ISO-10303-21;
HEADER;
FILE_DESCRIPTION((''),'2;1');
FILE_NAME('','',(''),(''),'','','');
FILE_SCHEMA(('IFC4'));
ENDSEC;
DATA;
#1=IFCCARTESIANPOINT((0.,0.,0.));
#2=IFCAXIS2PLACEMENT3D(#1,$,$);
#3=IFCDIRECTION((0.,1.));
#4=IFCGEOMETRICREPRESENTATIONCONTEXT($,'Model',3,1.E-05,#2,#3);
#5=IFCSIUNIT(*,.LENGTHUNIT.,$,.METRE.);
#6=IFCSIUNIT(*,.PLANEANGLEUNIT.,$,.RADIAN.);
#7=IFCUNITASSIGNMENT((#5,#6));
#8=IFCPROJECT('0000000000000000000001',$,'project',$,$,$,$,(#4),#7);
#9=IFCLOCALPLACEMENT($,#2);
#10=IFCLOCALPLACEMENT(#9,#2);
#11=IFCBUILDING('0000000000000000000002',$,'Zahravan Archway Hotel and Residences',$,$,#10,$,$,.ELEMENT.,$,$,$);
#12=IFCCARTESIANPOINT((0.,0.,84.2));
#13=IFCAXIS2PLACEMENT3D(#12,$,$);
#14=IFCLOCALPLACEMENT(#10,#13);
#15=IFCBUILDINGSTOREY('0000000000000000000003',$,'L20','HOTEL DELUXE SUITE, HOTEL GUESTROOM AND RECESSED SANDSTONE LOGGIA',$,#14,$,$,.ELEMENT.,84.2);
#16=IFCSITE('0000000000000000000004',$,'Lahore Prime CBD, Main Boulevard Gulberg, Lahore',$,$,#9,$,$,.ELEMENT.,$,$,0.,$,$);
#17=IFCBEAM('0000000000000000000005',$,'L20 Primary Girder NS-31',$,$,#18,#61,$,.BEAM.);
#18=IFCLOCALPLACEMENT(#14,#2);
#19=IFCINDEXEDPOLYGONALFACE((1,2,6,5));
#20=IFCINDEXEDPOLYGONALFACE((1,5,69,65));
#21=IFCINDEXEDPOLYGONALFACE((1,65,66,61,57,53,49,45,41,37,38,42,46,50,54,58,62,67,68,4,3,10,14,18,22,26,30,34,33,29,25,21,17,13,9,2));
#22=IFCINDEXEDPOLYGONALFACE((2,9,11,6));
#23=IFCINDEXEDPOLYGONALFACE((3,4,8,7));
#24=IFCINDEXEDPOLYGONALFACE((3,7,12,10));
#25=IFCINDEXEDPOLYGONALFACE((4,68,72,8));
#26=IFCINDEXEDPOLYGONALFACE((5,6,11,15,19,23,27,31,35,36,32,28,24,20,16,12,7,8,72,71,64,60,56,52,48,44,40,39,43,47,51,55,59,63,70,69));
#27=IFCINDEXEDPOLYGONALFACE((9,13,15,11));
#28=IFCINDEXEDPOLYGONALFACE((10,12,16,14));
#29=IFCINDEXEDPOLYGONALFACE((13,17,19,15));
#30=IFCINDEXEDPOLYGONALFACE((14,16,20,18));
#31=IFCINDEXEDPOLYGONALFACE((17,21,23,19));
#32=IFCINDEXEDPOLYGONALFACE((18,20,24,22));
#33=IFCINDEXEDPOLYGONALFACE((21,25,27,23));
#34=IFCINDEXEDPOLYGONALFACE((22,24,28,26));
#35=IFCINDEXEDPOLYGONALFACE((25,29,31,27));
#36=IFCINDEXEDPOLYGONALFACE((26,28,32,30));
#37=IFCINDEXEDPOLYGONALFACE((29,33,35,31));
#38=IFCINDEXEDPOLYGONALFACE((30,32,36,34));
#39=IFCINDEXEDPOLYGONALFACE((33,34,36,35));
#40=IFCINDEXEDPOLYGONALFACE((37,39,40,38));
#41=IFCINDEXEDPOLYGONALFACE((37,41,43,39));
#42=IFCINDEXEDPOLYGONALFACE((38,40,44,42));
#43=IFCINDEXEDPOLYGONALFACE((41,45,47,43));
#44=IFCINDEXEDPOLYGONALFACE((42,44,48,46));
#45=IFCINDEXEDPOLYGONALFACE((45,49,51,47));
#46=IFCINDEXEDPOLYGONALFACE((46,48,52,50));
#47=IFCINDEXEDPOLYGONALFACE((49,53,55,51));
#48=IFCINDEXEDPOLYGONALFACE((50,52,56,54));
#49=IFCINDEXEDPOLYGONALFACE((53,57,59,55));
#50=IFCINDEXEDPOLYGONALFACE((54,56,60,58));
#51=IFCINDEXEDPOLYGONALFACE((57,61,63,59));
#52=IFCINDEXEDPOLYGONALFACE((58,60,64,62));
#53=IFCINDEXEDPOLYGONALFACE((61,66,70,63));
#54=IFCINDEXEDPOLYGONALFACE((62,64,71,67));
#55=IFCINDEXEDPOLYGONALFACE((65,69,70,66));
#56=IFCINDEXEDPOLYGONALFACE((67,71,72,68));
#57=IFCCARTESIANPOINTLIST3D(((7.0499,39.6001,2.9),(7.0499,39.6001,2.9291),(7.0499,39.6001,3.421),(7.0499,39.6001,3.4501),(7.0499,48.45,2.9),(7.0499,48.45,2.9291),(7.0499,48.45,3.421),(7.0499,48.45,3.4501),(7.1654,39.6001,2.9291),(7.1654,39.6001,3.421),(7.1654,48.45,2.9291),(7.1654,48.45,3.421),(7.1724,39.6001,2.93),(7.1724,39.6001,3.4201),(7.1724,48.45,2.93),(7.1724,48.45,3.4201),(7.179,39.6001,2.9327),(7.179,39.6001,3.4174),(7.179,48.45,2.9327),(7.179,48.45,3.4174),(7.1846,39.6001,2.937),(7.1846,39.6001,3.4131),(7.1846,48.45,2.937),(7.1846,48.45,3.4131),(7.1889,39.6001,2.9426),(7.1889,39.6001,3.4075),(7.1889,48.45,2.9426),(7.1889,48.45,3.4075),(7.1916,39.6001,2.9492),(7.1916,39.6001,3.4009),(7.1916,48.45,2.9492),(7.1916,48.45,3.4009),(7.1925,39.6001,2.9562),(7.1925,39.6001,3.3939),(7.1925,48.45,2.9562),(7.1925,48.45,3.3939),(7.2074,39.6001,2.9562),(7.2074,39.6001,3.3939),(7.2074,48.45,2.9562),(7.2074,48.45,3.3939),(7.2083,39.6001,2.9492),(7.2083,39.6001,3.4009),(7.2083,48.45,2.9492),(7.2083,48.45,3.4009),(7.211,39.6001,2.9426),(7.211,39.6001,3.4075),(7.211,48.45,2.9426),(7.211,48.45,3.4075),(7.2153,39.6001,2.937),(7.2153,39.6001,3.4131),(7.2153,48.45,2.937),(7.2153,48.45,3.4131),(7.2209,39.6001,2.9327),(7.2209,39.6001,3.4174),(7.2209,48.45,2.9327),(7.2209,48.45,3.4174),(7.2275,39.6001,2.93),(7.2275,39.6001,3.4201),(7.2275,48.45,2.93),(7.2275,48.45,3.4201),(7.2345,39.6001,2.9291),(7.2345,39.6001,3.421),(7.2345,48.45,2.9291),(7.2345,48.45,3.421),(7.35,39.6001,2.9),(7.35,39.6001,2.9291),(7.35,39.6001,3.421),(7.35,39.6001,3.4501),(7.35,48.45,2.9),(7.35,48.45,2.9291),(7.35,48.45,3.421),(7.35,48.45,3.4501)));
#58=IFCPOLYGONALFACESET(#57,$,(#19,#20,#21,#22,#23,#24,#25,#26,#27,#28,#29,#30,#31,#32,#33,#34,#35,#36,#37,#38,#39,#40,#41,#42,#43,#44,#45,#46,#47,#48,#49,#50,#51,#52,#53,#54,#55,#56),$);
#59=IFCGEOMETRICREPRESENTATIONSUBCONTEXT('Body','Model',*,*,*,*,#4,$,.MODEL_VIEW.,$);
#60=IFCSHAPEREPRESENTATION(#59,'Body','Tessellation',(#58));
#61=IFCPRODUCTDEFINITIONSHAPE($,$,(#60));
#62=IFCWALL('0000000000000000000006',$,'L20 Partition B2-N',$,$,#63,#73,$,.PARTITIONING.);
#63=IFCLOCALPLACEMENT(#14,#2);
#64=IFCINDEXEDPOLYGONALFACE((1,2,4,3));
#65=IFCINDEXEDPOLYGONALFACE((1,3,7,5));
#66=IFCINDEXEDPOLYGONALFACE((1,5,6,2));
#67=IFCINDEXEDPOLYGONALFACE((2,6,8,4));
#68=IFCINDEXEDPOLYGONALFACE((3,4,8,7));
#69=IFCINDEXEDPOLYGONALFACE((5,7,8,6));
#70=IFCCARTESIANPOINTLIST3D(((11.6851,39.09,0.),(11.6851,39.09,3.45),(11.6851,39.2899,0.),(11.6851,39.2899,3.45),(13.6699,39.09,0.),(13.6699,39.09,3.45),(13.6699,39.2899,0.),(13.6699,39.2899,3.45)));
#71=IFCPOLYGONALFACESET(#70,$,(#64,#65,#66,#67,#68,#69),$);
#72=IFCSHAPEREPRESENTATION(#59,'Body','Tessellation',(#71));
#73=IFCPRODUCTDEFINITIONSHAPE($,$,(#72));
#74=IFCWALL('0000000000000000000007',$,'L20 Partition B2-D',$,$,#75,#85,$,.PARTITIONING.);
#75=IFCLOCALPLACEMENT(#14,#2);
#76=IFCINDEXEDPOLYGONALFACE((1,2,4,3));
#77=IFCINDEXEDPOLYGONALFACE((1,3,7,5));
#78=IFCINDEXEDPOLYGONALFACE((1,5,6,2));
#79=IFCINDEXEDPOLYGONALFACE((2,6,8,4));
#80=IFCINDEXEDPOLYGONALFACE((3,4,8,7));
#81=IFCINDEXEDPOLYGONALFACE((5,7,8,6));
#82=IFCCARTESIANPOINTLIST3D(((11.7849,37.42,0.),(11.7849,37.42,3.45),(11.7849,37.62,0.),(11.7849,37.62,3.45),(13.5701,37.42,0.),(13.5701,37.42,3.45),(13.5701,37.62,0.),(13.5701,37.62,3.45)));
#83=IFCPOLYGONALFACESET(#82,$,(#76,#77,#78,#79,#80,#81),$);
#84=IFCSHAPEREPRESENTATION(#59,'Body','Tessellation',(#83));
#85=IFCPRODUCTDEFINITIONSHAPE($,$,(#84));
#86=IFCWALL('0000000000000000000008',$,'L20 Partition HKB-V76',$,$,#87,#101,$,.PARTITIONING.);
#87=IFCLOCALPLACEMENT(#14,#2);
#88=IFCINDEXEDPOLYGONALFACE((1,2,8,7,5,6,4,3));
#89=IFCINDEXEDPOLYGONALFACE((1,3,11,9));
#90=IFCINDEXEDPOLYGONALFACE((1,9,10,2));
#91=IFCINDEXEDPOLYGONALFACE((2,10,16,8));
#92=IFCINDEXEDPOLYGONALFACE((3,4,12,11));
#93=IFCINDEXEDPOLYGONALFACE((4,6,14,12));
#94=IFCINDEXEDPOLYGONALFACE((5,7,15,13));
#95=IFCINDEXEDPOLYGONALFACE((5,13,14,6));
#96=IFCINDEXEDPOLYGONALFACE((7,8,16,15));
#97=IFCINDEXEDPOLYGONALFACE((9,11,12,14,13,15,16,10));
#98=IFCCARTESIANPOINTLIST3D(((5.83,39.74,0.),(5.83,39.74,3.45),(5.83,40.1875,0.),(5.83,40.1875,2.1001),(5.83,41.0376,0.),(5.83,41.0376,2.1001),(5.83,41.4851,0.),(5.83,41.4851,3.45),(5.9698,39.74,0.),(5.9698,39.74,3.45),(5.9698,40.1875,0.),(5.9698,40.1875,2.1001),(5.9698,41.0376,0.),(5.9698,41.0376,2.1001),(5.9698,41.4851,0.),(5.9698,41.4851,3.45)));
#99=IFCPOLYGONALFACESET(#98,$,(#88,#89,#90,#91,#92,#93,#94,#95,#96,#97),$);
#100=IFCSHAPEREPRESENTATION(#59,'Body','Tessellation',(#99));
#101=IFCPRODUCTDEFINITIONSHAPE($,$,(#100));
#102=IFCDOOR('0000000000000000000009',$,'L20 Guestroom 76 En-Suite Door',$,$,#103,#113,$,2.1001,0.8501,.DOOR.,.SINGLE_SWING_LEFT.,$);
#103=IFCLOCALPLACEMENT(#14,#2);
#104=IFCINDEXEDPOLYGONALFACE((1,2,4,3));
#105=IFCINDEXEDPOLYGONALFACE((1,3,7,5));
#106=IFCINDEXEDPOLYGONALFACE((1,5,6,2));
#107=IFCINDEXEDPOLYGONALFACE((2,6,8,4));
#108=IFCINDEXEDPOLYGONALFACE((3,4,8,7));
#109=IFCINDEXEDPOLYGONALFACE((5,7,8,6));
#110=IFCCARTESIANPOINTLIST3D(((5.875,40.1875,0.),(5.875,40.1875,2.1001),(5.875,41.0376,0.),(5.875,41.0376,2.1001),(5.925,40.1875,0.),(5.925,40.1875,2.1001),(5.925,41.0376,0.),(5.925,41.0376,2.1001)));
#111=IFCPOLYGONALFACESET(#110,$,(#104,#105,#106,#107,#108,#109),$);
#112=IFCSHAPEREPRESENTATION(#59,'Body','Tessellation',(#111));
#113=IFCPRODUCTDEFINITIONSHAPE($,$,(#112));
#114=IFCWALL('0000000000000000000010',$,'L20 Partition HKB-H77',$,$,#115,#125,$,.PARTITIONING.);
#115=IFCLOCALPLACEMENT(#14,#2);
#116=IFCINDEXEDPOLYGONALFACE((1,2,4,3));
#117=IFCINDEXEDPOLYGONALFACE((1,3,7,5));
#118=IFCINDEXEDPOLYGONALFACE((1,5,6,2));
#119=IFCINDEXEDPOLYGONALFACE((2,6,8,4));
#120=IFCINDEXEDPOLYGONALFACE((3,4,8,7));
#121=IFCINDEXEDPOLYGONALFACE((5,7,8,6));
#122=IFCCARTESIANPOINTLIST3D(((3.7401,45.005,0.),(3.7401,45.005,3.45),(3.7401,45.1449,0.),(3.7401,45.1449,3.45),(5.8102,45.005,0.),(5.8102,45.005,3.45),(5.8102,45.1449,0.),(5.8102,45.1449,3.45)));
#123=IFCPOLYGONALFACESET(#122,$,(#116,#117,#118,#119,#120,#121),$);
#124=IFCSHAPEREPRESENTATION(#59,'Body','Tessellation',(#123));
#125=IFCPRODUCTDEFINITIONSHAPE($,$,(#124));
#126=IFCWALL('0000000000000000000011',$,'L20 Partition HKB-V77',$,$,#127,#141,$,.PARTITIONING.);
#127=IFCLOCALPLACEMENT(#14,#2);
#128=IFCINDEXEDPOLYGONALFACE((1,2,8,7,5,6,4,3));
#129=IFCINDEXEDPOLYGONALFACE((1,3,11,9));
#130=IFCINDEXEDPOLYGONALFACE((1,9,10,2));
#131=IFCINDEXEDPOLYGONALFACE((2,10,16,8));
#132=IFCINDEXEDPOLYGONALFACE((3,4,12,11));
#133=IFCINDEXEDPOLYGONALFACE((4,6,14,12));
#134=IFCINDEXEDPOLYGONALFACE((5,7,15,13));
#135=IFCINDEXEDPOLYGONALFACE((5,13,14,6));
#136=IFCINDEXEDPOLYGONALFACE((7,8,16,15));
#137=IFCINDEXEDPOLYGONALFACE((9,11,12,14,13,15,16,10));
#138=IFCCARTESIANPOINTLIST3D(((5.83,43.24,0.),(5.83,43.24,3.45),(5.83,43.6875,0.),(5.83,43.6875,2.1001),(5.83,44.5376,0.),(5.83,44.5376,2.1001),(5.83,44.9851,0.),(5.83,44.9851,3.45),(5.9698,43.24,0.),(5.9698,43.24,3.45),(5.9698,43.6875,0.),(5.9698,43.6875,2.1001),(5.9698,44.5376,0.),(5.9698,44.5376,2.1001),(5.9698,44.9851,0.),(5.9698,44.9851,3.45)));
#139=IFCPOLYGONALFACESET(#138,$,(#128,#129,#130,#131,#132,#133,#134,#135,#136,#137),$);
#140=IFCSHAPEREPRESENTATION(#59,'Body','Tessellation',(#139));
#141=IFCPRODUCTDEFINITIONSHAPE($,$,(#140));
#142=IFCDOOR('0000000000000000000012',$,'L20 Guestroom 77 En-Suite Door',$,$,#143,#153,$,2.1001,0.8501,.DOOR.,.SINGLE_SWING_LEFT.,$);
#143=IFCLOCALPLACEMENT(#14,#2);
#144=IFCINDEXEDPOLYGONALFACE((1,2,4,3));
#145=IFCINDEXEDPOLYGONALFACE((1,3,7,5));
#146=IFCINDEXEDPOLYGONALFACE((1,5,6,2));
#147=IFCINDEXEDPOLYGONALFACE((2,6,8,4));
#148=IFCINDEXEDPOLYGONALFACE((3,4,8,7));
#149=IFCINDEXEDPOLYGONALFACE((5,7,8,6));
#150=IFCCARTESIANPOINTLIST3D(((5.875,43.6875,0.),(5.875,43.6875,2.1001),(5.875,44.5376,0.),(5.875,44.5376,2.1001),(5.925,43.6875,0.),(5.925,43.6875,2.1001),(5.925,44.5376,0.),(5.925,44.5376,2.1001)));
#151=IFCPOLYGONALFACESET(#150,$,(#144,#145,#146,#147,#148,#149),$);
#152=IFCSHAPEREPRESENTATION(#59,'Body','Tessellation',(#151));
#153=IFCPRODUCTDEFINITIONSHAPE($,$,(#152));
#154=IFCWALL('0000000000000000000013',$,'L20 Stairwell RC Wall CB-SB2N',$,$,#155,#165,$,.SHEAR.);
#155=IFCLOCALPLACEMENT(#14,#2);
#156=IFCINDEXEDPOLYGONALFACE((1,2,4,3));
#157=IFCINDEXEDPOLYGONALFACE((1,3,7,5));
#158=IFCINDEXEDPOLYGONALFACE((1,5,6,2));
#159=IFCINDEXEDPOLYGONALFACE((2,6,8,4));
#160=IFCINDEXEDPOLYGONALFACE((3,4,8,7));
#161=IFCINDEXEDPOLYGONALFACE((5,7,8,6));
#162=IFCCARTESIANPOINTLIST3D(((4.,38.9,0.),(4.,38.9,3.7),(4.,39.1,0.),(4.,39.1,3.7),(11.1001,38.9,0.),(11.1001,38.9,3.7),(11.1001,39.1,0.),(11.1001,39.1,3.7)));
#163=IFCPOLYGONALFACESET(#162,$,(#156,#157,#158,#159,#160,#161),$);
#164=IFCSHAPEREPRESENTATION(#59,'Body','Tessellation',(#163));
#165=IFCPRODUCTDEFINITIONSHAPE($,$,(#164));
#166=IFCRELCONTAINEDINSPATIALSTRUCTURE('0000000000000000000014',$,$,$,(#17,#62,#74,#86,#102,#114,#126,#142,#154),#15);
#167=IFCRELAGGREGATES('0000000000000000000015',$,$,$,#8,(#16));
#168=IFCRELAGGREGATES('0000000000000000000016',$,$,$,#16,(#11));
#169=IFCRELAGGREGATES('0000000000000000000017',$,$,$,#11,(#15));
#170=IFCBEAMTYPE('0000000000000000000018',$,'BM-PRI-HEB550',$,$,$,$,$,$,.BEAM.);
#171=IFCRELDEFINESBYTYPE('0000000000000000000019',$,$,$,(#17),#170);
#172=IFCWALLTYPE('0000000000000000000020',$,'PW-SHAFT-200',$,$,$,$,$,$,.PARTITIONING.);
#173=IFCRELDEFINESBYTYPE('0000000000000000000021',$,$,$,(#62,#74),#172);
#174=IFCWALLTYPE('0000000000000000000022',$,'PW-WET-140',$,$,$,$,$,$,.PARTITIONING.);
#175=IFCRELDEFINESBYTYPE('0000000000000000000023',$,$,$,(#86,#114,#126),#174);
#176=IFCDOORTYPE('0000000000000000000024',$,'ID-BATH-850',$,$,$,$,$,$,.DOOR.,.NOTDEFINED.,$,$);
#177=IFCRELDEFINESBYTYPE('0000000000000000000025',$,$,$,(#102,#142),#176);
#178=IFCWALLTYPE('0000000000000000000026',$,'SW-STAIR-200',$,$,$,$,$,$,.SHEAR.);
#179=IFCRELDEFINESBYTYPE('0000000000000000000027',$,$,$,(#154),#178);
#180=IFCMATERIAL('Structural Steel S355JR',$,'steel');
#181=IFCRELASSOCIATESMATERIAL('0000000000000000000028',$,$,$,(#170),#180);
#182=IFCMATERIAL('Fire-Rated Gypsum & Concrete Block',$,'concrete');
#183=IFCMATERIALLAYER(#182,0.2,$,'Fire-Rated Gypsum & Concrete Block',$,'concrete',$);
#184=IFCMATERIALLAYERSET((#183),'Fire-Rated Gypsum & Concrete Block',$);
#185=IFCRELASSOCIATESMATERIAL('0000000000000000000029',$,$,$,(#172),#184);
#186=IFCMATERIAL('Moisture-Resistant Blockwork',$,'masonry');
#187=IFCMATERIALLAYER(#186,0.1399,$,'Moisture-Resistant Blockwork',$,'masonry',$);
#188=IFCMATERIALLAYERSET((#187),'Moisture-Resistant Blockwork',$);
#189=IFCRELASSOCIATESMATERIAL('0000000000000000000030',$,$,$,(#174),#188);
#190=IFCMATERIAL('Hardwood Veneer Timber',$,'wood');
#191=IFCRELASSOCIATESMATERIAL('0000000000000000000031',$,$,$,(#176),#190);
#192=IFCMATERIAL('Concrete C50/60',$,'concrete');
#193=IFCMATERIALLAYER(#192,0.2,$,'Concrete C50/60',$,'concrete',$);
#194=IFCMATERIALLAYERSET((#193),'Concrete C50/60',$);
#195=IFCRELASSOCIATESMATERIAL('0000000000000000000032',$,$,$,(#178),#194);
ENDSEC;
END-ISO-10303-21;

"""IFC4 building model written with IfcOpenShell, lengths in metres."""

from ifc_helpers import new_model, si_unit, direction, frame, frame_2d, origin, origin_2d, place, context, subcontext, project, spatial, rectangle, i_section, extrude, source, transform, mapped, material, layer, layer_set, material_profile, profile_set, type_object, type_shapes, element, fill, save


model = new_model("IFC4")

# Units and contexts
model_context = context("Model", 3, precision=1e-05, world=origin(), true_north=direction((0.0, 1.0)))
body_context = subcontext(model_context, "Body", "Model", "MODEL_VIEW")
ifc_project = project(units=[si_unit("LENGTHUNIT", "METRE"), si_unit("PLANEANGLEUNIT", "RADIAN")], contexts=[model_context])

# Site, building, storey
site_placement = place(None, origin())
site = spatial("IfcSite", under=ifc_project, at=site_placement, Name="Lahore Prime CBD, Main Boulevard Gulberg, Lahore", CompositionType="ELEMENT", RefElevation=0.0)
building_placement = place(site_placement, origin())
building = spatial("IfcBuilding", under=site, at=building_placement, Name="Zahravan Archway Hotel and Residences", CompositionType="ELEMENT")
storey_placement = place(building_placement, frame((0.0, 0.0, 84.2)))
storey = spatial("IfcBuildingStorey", under=building, at=storey_placement, Name="L20", Description="HOTEL DELUXE SUITE, HOTEL GUESTROOM AND RECESSED SANDSTONE LOGGIA", CompositionType="ELEMENT", Elevation=84.2)

# Beam
ifc_material_1 = material(Name="Structural Steel S355JR", Category="steel")
ifc_material_profile_1 = material_profile(ifc_material_1, i_section(OverallWidth=0.3, OverallDepth=0.55, WebThickness=0.0149, FlangeThickness=0.0291, FilletRadius=0.0271, at=origin_2d()), Name="HEB 550", Category="steel")
ifc_profile_set_1 = profile_set([ifc_material_profile_1], Name="Structural Steel S355JR")
beam_type_1 = type_object("IfcBeamType", Name="BM-PRI-HEB550", PredefinedType="BEAM", material=ifc_profile_set_1)
shared_shape_1 = source(origin(), body_context, "Body", "SweptSolid", [
    extrude(i_section(OverallWidth=0.3, OverallDepth=0.55, WebThickness=0.0149, FlangeThickness=0.0291, FilletRadius=0.0271, at=origin_2d()), origin(), (0.0, 0.0, 1.0), 8.8499),
])
beam_1_placement = place(storey_placement, frame((7.2, 39.6001, 3.175), z_axis=(0.0, 1.0, 0.0), x_axis=(-1.0, 0.0, 0.0)))
element("IfcBeam", 1, at=beam_1_placement, inside=storey, type_object=beam_type_1, Name="L20 Primary Girder NS-31", PredefinedType="BEAM", context=body_context, shape_type="MappedRepresentation", body=[
    mapped(shared_shape_1, transform((0.0, 0.0, 0.0), scale=1.0)),
])

# Walls
ifc_material_2 = material(Name="Fire-Rated Gypsum & Concrete Block", Category="concrete")
ifc_layer_1 = layer(ifc_material_2, 0.2, Name="Fire-Rated Gypsum & Concrete Block", Category="concrete")
ifc_layer_set_1 = layer_set([ifc_layer_1], Name="Fire-Rated Gypsum & Concrete Block")
wall_type_1 = type_object("IfcWallType", Name="PW-SHAFT-200", PredefinedType="PARTITIONING", material=ifc_layer_set_1)
wall_1_placement = place(storey_placement, frame((11.6851, 39.1899, 0.0), z_axis=(0.0, 0.0, 1.0), x_axis=(1.0, 0.0, 0.0)))
element("IfcWall", 2, at=wall_1_placement, inside=storey, type_object=wall_type_1, Name="L20 Partition B2-N", PredefinedType="PARTITIONING", context=body_context, shape_type="SweptSolid", body=[
    extrude(rectangle(XDim=1.9849, YDim=0.2, at=frame_2d((0.9924, 0.0))), origin(), (0.0, 0.0, 1.0), 3.45),
])
wall_2_placement = place(storey_placement, frame((11.7849, 37.52, 0.0), z_axis=(0.0, 0.0, 1.0), x_axis=(1.0, 0.0, 0.0)))
element("IfcWall", 3, at=wall_2_placement, inside=storey, type_object=wall_type_1, Name="L20 Partition B2-D", PredefinedType="PARTITIONING", context=body_context, shape_type="SweptSolid", body=[
    extrude(rectangle(XDim=1.7852, YDim=0.2, at=frame_2d((0.8926, 0.0))), origin(), (0.0, 0.0, 1.0), 3.45),
])

# Wall, opening, door
ifc_material_3 = material(Name="Moisture-Resistant Blockwork", Category="masonry")
ifc_layer_2 = layer(ifc_material_3, 0.1399, Name="Moisture-Resistant Blockwork", Category="masonry")
ifc_layer_set_2 = layer_set([ifc_layer_2], Name="Moisture-Resistant Blockwork")
wall_type_2 = type_object("IfcWallType", Name="PW-WET-140", PredefinedType="PARTITIONING", material=ifc_layer_set_2)
wall_3_placement = place(storey_placement, frame((5.8999, 39.74, 0.0), z_axis=(0.0, 0.0, 1.0), x_axis=(0.0, 1.0, 0.0)))
wall_3 = element("IfcWall", 4, at=wall_3_placement, inside=storey, type_object=wall_type_2, Name="L20 Partition HKB-V76", PredefinedType="PARTITIONING", context=body_context, shape_type="SweptSolid", body=[
    extrude(rectangle(XDim=1.7451, YDim=0.1399, at=frame_2d((0.8726, 0.0))), origin(), (0.0, 0.0, 1.0), 3.45),
])
opening_1_placement = place(wall_3_placement, frame((0.4475, 0.0, 0.0)))
opening_1 = element("IfcOpeningElement", 5, at=opening_1_placement, cuts=wall_3, PredefinedType="OPENING", context=body_context, shape_type="SweptSolid", body=[
    extrude(rectangle(XDim=0.8501, YDim=2.1001, at=frame_2d((0.425, 1.05))), frame((0.0, 0.0801, 0.0), z_axis=(0.0, -1.0, 0.0), x_axis=(1.0, 0.0, 0.0)), (0.0, 0.0, 1.0), 0.1599),
])
ifc_material_4 = material(Name="Hardwood Veneer Timber", Category="wood")
door_type = type_object("IfcDoorType", Name="ID-BATH-850", OperationType="NOTDEFINED", PredefinedType="DOOR", material=ifc_material_4)
shared_shape_2 = source(origin(), body_context, "Body", "SweptSolid", [
    extrude(rectangle(XDim=0.8501, YDim=2.1001, at=frame_2d((0.425, 1.05))), frame((0.0, 0.0249, 0.0), z_axis=(0.0, -1.0, 0.0), x_axis=(1.0, 0.0, 0.0)), (0.0, 0.0, 1.0), 0.05),
])
type_shapes(door_type, [shared_shape_2])
door_1_placement = place(opening_1_placement, origin())
door_1 = element("IfcDoor", 6, at=door_1_placement, inside=storey, type_object=door_type, Name="L20 Guestroom 76 En-Suite Door", OperationType="SINGLE_SWING_LEFT", OverallHeight=2.1001, OverallWidth=0.8501, PredefinedType="DOOR", context=body_context, shape_type="MappedRepresentation", body=[
    mapped(shared_shape_2, transform((0.0, 0.0, 0.0), scale=1.0)),
])
fill(opening_1, door_1)

# Wall
wall_4_placement = place(storey_placement, frame((3.74, 45.075, 0.0), z_axis=(0.0, 0.0, 1.0), x_axis=(1.0, 0.0, 0.0)))
element("IfcWall", 7, at=wall_4_placement, inside=storey, type_object=wall_type_2, Name="L20 Partition HKB-H77", PredefinedType="PARTITIONING", context=body_context, shape_type="SweptSolid", body=[
    extrude(rectangle(XDim=2.0701, YDim=0.1399, at=frame_2d((1.0352, 0.0))), origin(), (0.0, 0.0, 1.0), 3.45),
])

# Wall, opening, door
wall_5_placement = place(storey_placement, frame((5.8999, 43.24, 0.0), z_axis=(0.0, 0.0, 1.0), x_axis=(0.0, 1.0, 0.0)))
wall_5 = element("IfcWall", 8, at=wall_5_placement, inside=storey, type_object=wall_type_2, Name="L20 Partition HKB-V77", PredefinedType="PARTITIONING", context=body_context, shape_type="SweptSolid", body=[
    extrude(rectangle(XDim=1.7451, YDim=0.1399, at=frame_2d((0.8726, 0.0))), origin(), (0.0, 0.0, 1.0), 3.45),
])
opening_2_placement = place(wall_5_placement, frame((0.4475, 0.0, 0.0)))
opening_2 = element("IfcOpeningElement", 9, at=opening_2_placement, cuts=wall_5, PredefinedType="OPENING", context=body_context, shape_type="SweptSolid", body=[
    extrude(rectangle(XDim=0.8501, YDim=2.1001, at=frame_2d((0.425, 1.05))), frame((0.0, 0.0801, 0.0), z_axis=(0.0, -1.0, 0.0), x_axis=(1.0, 0.0, 0.0)), (0.0, 0.0, 1.0), 0.1599),
])
door_2_placement = place(opening_2_placement, origin())
door_2 = element("IfcDoor", 10, at=door_2_placement, inside=storey, type_object=door_type, Name="L20 Guestroom 77 En-Suite Door", OperationType="SINGLE_SWING_LEFT", OverallHeight=2.1001, OverallWidth=0.8501, PredefinedType="DOOR", context=body_context, shape_type="MappedRepresentation", body=[
    mapped(shared_shape_2, transform((0.0, 0.0, 0.0), scale=1.0)),
])
fill(opening_2, door_2)

# Wall
ifc_material_5 = material(Name="Concrete C50/60", Category="concrete")
ifc_layer_3 = layer(ifc_material_5, 0.2, Name="Concrete C50/60", Category="concrete")
ifc_layer_set_3 = layer_set([ifc_layer_3], Name="Concrete C50/60")
wall_type_3 = type_object("IfcWallType", Name="SW-STAIR-200", PredefinedType="SHEAR", material=ifc_layer_set_3)
wall_6_placement = place(storey_placement, frame((4.0, 39.0, 0.0), z_axis=(0.0, 0.0, 1.0), x_axis=(1.0, 0.0, 0.0)))
element("IfcWall", 11, at=wall_6_placement, inside=storey, type_object=wall_type_3, Name="L20 Stairwell RC Wall CB-SB2N", PredefinedType="SHEAR", context=body_context, shape_type="SweptSolid", body=[
    extrude(rectangle(XDim=7.1001, YDim=0.2, at=frame_2d((3.55, 0.0))), origin(), (0.0, 0.0, 1.0), 3.7),
])

save(model, "model.ifc")
